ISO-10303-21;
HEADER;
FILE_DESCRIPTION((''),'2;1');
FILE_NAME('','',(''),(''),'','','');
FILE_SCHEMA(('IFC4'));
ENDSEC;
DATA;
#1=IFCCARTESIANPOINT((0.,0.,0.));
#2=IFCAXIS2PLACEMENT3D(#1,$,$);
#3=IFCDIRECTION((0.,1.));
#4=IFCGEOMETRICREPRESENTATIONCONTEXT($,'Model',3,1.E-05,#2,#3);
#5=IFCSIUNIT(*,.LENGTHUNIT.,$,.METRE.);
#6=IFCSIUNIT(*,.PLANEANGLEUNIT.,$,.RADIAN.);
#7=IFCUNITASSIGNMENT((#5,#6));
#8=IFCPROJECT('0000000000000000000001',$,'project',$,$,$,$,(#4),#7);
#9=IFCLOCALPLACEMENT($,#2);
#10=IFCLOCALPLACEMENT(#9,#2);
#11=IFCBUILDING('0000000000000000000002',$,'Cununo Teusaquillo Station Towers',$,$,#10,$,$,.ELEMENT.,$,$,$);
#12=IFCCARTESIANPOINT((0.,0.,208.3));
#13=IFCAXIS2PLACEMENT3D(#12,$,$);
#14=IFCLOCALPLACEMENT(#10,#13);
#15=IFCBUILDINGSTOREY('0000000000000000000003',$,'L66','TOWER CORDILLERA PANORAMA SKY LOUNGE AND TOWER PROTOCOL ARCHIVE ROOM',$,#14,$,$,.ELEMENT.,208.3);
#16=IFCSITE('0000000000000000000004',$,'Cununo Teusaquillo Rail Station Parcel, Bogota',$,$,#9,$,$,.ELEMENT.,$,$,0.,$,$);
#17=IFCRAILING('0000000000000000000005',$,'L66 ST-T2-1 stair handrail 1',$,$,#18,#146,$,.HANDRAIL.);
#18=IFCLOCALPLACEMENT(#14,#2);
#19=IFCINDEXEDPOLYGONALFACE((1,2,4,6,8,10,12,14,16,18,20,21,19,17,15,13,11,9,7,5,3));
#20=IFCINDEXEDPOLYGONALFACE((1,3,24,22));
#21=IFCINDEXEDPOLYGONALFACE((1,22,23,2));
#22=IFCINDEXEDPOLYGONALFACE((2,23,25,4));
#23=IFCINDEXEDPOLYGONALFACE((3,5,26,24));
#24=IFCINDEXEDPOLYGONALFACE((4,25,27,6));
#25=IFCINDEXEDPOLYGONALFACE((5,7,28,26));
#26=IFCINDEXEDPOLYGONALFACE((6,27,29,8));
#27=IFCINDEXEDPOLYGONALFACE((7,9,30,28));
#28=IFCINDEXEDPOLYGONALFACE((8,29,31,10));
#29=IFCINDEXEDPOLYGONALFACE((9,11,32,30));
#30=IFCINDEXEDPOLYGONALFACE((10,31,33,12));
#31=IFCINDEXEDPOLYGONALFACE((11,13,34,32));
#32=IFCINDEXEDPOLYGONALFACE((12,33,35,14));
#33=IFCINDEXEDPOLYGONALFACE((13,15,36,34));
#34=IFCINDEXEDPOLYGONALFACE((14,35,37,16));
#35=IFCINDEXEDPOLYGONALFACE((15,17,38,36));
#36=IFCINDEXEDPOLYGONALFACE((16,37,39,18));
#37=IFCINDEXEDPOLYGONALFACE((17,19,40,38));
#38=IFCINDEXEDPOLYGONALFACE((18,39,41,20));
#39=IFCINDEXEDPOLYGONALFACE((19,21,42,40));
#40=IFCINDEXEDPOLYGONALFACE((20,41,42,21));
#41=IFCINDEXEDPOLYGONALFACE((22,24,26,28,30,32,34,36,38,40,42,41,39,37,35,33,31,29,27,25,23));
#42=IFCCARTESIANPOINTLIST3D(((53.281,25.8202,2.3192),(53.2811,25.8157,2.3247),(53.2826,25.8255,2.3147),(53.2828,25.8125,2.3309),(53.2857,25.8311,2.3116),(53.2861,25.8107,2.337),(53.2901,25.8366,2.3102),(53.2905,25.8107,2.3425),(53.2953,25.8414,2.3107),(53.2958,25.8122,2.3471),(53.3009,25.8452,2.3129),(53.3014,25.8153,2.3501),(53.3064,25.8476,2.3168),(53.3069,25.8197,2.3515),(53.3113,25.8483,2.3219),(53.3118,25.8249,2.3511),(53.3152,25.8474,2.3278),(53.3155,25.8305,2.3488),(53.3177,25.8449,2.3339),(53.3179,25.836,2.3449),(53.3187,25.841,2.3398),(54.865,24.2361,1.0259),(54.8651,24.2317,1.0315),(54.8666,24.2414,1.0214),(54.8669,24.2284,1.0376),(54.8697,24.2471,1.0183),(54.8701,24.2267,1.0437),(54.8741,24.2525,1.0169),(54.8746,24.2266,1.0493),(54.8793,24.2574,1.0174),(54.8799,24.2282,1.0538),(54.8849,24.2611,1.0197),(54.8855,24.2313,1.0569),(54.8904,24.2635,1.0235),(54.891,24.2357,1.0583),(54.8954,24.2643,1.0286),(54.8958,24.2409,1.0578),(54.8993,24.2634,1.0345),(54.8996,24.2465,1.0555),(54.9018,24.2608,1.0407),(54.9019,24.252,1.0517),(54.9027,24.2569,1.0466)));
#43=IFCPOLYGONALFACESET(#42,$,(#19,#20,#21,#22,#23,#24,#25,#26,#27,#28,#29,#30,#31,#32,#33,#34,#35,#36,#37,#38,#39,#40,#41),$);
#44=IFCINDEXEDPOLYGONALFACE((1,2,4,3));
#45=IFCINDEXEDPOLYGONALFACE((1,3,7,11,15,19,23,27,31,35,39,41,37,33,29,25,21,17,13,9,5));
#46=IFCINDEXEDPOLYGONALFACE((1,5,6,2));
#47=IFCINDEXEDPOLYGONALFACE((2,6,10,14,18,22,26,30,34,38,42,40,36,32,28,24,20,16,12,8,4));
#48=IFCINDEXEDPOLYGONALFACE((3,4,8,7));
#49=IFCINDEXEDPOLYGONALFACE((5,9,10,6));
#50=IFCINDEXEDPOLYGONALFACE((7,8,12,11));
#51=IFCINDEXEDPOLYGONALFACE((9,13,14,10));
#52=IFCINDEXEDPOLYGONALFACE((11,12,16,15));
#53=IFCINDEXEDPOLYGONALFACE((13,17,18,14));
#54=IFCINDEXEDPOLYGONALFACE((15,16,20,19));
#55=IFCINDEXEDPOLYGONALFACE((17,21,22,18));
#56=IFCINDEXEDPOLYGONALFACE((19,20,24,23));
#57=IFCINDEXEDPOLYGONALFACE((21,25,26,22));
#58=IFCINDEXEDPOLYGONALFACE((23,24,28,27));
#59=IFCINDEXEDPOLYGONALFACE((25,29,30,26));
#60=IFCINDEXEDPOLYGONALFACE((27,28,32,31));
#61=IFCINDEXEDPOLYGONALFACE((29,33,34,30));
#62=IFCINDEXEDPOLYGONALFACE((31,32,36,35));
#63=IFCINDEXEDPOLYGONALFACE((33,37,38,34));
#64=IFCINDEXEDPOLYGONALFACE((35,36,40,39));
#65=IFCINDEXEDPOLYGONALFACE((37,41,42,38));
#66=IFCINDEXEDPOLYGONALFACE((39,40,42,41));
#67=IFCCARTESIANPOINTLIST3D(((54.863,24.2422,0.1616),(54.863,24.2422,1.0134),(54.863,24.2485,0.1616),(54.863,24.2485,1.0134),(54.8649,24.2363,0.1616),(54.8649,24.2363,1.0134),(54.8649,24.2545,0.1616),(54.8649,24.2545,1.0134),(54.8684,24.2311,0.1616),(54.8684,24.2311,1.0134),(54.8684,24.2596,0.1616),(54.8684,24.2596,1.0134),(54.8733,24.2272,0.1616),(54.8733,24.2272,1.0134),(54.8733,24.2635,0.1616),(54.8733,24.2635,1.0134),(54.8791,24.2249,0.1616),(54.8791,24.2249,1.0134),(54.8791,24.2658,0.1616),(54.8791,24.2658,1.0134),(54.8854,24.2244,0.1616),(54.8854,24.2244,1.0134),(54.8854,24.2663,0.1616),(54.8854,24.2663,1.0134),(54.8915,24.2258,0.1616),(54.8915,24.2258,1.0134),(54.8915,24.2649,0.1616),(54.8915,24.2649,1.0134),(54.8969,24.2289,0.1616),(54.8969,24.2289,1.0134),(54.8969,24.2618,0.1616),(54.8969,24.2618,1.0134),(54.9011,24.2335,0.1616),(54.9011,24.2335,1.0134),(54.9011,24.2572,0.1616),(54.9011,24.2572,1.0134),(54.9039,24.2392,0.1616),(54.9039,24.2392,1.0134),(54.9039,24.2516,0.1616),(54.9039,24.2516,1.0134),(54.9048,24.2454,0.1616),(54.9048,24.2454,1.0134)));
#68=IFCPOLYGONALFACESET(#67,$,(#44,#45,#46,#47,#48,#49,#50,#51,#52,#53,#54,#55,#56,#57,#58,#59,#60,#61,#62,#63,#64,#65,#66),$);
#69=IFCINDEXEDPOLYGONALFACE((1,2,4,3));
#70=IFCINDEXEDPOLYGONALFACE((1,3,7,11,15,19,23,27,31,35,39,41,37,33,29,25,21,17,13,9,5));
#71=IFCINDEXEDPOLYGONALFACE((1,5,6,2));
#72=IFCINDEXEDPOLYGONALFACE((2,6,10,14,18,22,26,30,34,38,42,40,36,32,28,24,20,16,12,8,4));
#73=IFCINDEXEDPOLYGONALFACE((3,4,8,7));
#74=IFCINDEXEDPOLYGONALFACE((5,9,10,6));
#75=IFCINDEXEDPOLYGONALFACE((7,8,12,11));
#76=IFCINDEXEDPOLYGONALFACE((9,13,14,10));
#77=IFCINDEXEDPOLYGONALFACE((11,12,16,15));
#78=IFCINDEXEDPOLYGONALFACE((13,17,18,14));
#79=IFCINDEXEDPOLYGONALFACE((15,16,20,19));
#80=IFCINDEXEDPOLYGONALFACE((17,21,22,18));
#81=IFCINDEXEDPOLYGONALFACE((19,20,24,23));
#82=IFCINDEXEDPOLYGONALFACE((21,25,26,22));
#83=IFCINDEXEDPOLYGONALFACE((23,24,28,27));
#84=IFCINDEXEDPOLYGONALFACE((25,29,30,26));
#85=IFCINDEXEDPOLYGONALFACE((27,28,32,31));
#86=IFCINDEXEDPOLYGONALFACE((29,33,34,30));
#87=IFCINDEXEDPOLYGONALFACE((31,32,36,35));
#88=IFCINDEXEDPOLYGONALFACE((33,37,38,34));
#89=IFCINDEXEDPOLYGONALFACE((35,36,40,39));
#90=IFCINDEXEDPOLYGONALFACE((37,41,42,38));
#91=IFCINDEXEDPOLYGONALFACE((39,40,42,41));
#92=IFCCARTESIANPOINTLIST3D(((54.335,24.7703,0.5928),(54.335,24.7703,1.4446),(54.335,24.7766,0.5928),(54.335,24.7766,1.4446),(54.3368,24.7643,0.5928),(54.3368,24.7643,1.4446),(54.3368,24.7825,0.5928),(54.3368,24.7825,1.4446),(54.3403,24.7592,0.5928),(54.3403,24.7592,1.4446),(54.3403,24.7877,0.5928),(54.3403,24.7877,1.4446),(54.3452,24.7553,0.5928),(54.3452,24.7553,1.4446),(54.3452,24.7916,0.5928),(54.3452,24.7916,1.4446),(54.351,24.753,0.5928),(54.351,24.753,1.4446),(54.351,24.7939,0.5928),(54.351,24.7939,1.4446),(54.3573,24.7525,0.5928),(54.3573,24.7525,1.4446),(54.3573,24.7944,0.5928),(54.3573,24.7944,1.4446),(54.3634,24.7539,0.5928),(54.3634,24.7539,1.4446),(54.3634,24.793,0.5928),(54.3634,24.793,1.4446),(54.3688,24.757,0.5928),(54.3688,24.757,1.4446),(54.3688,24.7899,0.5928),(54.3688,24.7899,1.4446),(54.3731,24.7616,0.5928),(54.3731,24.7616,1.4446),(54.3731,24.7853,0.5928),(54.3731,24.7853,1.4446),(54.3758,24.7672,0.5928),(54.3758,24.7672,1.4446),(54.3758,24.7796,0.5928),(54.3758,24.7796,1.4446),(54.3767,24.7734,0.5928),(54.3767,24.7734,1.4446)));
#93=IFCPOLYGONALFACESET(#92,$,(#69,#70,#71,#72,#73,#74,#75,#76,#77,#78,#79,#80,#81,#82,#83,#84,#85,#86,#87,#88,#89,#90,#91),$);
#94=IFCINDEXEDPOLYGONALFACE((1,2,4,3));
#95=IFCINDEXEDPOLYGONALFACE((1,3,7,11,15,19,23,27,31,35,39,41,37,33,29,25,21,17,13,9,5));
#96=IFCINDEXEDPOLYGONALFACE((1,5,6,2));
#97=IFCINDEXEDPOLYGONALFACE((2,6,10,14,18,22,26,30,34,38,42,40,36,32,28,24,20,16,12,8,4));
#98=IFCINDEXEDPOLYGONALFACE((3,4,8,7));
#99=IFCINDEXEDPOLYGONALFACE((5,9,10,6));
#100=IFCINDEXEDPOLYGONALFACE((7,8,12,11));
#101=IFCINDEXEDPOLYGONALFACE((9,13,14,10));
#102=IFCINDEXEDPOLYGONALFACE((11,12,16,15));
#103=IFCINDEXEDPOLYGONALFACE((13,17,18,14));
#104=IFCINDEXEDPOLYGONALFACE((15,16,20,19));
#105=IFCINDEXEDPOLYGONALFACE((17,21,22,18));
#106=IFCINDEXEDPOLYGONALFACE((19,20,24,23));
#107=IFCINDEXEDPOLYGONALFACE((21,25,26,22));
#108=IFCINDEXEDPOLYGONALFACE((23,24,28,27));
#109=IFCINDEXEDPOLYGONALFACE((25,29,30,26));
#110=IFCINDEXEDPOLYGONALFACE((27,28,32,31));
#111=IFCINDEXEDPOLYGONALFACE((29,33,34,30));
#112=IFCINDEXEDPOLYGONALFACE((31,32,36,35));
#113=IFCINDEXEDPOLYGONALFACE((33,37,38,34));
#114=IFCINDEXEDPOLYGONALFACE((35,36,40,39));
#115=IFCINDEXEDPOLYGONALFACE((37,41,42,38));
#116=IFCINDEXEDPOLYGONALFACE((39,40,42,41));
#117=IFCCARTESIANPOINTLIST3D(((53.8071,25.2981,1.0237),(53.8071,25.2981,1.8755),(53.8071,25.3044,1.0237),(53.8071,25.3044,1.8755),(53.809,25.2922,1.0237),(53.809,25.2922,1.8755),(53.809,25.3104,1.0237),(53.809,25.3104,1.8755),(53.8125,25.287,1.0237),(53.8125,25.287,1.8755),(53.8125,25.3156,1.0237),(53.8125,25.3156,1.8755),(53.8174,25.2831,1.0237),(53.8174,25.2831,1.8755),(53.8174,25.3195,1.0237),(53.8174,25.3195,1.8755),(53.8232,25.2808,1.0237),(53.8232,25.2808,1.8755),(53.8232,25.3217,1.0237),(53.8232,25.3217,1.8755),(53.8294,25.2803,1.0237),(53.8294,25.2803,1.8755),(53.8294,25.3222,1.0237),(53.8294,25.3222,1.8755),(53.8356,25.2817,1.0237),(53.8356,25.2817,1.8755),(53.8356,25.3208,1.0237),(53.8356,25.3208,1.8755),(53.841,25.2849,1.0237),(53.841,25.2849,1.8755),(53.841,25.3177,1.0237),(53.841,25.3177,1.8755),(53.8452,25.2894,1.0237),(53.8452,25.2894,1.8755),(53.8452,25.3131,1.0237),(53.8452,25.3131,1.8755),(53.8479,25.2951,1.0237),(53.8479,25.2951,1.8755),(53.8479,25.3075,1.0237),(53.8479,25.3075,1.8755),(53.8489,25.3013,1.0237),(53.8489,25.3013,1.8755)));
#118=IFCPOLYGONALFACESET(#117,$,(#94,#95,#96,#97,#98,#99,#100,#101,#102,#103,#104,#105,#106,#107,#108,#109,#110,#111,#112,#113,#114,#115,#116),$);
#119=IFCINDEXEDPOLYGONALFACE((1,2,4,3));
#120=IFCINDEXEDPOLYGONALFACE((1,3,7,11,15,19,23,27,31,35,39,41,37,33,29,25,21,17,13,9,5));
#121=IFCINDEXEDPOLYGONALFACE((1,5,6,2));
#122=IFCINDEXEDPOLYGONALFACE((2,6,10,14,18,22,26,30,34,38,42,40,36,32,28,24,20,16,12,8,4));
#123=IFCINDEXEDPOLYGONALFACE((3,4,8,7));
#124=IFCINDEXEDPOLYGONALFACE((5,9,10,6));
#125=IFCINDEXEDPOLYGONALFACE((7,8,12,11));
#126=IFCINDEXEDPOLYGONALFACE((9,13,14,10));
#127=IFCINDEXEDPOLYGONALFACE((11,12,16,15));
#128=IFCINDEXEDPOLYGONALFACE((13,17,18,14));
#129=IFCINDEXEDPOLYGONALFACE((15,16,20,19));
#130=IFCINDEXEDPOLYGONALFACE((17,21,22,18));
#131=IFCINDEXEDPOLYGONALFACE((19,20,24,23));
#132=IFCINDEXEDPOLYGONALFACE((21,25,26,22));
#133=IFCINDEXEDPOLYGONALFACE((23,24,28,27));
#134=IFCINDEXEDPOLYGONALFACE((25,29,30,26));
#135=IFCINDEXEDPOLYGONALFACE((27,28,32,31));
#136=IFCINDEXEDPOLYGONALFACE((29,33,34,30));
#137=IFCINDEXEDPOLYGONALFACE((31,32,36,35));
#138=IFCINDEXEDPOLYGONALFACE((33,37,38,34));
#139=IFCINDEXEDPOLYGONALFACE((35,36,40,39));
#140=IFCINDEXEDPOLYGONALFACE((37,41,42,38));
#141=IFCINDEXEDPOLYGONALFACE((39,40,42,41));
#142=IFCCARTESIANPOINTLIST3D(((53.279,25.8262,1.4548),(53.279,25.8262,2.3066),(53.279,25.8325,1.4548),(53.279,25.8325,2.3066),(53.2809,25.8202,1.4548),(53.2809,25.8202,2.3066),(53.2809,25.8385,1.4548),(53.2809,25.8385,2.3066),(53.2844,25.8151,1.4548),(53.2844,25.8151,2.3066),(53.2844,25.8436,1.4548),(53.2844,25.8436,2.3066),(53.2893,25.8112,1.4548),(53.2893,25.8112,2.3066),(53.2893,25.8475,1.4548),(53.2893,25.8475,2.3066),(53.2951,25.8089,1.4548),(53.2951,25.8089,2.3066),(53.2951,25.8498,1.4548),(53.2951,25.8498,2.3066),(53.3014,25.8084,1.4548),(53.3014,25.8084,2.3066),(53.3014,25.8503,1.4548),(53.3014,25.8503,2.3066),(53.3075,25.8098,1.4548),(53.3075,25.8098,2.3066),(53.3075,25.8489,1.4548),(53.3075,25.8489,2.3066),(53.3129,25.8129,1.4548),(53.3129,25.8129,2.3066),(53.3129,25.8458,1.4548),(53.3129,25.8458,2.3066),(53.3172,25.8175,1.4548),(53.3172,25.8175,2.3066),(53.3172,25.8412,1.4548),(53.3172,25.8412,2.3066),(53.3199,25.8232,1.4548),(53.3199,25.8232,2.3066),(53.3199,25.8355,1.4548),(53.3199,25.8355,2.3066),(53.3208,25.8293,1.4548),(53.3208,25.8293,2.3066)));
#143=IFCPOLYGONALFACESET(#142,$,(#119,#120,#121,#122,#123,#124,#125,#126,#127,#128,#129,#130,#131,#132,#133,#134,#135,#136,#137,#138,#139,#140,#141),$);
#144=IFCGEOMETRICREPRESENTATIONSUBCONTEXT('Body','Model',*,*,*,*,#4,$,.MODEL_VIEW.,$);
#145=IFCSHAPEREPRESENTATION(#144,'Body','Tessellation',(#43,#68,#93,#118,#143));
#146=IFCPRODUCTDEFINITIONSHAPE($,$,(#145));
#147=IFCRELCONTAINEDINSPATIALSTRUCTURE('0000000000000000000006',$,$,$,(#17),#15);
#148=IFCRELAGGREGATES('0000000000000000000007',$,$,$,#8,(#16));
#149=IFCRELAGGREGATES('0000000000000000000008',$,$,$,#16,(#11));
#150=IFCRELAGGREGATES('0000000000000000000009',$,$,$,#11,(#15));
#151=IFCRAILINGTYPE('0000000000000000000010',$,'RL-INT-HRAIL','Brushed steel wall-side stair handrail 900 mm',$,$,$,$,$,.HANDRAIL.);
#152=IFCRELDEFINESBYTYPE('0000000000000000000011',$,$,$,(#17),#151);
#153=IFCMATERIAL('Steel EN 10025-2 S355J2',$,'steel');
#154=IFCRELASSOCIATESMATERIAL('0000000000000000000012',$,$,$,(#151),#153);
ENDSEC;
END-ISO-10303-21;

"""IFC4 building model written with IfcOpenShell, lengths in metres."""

from ifc_helpers import new_model, si_unit, direction, frame, origin, origin_2d, place, context, subcontext, project, spatial, circle, extrude, material, type_object, element, save


model = new_model("IFC4")

# Units and contexts
model_context = context("Model", 3, precision=1e-05, world=origin(), true_north=direction((0.0, 1.0)))
body_context = subcontext(model_context, "Body", "Model", "MODEL_VIEW")
ifc_project = project(units=[si_unit("LENGTHUNIT", "METRE"), si_unit("PLANEANGLEUNIT", "RADIAN")], contexts=[model_context])

# Site, building, storey
site_placement = place(None, origin())
site = spatial("IfcSite", under=ifc_project, at=site_placement, Name="Cununo Teusaquillo Rail Station Parcel, Bogota", CompositionType="ELEMENT", RefElevation=0.0)
building_placement = place(site_placement, origin())
building = spatial("IfcBuilding", under=site, at=building_placement, Name="Cununo Teusaquillo Station Towers", CompositionType="ELEMENT")
storey_placement = place(building_placement, frame((0.0, 0.0, 208.3)))
storey = spatial("IfcBuildingStorey", under=building, at=storey_placement, Name="L66", Description="TOWER CORDILLERA PANORAMA SKY LOUNGE AND TOWER PROTOCOL ARCHIVE ROOM", CompositionType="ELEMENT", Elevation=208.3)

# Railing
ifc_material_1 = material(Name="Steel EN 10025-2 S355J2", Category="steel")
railing_type_1 = type_object("IfcRailingType", Name="RL-INT-HRAIL", Description="Brushed steel wall-side stair handrail 900 mm", PredefinedType="HANDRAIL", material=ifc_material_1)
railing_1_placement = place(storey_placement, frame((54.8838, 24.2454, 0.1616)))
element("IfcRailing", 1, at=railing_1_placement, inside=storey, type_object=railing_type_1, Name="L66 ST-T2-1 stair handrail 1", PredefinedType="HANDRAIL", context=body_context, shape_type="SweptSolid", body=[
    extrude(circle(Radius=0.0239, at=origin_2d()), frame((0.0, 0.0, 0.876), z_axis=(-0.612385, 0.612385, 0.49997), x_axis=(-0.707107, -0.707107, 0.0)), (0.0, 0.0, 1.0), 2.5867),
    extrude(circle(Radius=0.021, at=origin_2d()), origin(), (0.0, 0.0, 1.0), 0.8518),
    extrude(circle(Radius=0.021, at=origin_2d()), frame((-0.5281, 0.5281, 0.4312)), (0.0, 0.0, 1.0), 0.8518),
    extrude(circle(Radius=0.021, at=origin_2d()), frame((-1.0559, 1.0559, 0.8621)), (0.0, 0.0, 1.0), 0.8518),
    extrude(circle(Radius=0.021, at=origin_2d()), frame((-1.584, 1.584, 1.2932)), (0.0, 0.0, 1.0), 0.8518),
])

save(model, "model.ifc")
